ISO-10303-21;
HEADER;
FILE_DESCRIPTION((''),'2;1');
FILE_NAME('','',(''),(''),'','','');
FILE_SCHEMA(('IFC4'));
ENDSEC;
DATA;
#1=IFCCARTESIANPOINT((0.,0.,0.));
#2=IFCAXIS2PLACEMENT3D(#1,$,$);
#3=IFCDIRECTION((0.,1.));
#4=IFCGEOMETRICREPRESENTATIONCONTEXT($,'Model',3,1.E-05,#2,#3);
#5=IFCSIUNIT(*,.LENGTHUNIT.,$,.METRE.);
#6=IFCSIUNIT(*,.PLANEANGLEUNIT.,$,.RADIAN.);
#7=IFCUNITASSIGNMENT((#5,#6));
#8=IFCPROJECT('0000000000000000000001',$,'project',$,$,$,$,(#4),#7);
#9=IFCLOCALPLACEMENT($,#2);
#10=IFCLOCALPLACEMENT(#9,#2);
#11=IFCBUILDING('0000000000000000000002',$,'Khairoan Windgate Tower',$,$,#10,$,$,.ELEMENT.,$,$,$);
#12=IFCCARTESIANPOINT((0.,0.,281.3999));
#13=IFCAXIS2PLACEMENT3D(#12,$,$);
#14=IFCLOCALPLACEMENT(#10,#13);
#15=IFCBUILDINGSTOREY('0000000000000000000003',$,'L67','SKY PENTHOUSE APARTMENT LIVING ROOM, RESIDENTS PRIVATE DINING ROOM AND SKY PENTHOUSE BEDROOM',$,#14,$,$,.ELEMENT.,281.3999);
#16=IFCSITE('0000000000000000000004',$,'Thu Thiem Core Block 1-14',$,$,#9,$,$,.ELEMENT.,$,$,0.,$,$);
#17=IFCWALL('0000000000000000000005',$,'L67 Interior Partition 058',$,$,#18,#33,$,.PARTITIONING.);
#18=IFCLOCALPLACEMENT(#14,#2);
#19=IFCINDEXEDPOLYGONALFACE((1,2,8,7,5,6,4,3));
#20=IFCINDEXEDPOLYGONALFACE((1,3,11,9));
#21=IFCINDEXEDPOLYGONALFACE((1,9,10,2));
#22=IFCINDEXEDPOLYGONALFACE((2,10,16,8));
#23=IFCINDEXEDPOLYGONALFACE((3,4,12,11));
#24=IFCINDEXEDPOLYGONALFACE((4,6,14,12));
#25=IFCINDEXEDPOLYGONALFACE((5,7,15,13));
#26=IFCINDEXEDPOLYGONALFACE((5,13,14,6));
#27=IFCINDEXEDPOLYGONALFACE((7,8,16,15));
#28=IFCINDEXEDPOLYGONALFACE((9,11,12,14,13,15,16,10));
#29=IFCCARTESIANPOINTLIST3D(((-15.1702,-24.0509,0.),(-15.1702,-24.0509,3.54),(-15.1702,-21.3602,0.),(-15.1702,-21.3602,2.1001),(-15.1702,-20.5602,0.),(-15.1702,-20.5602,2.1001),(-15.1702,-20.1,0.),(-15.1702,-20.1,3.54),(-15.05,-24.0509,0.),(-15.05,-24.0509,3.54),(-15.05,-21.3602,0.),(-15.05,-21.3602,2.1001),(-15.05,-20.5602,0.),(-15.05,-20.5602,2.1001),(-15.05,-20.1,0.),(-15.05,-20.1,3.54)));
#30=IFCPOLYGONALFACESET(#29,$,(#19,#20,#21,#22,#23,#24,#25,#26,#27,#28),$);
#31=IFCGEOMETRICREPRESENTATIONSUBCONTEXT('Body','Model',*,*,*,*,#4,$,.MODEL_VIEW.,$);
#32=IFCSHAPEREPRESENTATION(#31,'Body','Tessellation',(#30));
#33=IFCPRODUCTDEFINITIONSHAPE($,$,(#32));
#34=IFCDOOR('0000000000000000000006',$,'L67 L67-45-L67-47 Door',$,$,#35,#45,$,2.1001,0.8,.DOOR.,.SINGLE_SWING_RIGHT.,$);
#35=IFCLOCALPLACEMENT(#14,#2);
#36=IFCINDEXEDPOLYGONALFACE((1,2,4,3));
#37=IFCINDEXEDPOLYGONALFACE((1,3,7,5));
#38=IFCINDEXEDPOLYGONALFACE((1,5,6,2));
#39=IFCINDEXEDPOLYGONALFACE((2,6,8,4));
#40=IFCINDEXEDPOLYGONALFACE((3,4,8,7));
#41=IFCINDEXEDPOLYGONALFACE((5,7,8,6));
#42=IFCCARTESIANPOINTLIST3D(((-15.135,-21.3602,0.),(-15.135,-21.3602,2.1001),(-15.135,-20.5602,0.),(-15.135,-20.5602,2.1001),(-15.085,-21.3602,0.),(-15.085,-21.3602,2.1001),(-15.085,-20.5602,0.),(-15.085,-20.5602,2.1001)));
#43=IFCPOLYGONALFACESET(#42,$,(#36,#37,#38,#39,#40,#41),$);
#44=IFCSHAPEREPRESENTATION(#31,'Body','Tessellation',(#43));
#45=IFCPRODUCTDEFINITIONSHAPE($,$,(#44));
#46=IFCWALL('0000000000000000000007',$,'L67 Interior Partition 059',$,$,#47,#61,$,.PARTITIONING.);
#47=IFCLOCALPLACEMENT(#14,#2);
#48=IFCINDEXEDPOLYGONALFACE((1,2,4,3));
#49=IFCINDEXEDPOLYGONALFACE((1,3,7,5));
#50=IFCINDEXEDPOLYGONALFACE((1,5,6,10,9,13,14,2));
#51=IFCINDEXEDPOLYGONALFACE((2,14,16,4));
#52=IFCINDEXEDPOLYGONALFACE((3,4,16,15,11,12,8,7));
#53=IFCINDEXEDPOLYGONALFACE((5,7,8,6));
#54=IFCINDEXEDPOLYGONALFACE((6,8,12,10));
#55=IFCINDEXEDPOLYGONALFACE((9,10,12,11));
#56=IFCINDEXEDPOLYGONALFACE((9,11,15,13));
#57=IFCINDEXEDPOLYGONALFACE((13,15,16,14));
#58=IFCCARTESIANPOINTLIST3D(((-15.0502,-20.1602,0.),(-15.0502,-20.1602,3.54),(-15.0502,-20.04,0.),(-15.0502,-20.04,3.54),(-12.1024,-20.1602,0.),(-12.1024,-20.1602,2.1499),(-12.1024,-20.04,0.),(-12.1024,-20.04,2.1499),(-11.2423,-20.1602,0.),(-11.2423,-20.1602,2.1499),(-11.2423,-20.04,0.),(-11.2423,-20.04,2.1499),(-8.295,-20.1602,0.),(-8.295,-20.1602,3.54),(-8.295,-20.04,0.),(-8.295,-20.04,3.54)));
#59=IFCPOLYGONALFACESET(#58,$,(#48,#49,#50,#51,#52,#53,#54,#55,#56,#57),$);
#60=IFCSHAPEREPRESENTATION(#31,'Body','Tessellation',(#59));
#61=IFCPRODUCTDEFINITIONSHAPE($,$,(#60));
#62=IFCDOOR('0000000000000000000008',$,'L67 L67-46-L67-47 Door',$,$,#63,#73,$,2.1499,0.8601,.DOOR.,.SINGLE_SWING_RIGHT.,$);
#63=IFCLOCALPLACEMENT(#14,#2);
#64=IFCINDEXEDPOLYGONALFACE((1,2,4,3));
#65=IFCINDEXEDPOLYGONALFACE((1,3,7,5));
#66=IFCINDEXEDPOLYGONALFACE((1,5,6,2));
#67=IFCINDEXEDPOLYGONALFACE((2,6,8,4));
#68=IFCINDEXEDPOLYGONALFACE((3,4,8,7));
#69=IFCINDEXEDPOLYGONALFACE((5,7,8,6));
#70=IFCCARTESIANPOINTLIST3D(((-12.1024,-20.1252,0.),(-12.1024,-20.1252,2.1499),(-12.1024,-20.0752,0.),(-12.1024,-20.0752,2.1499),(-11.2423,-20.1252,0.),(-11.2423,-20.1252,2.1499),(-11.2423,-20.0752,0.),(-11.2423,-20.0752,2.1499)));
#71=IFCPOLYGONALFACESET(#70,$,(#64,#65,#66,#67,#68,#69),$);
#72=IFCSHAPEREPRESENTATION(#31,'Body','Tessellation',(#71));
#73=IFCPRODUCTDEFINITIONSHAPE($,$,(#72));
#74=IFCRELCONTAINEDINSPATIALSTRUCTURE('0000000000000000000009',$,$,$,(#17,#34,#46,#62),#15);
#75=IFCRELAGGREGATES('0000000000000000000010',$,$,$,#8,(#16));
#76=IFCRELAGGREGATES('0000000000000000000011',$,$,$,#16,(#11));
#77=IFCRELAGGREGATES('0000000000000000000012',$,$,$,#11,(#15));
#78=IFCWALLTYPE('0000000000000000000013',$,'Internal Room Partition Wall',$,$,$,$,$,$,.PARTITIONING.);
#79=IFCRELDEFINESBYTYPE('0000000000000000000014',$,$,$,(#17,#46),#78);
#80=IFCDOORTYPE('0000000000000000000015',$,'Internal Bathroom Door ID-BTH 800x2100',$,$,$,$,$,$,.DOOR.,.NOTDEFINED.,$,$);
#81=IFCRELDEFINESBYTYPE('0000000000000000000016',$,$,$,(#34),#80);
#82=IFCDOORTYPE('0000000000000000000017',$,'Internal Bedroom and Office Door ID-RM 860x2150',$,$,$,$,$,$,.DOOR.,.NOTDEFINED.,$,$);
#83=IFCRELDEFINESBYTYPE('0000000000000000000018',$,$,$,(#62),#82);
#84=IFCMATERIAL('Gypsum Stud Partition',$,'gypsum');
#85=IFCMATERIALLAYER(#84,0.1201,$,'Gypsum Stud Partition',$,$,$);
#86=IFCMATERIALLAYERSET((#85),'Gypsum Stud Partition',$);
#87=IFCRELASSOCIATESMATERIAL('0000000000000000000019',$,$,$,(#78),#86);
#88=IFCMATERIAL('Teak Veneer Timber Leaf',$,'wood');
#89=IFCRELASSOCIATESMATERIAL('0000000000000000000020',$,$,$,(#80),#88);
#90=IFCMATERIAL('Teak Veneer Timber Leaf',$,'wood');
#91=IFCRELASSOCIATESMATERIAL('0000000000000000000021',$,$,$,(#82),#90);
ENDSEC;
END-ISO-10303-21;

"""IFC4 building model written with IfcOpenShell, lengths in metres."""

from ifc_helpers import new_model, si_unit, direction, frame, frame_2d, origin, place, context, subcontext, project, spatial, rectangle, extrude, material, layer, layer_set, type_object, element, fill, save


model = new_model("IFC4")

# Units and contexts
model_context = context("Model", 3, precision=1e-05, world=origin(), true_north=direction((0.0, 1.0)))
body_context = subcontext(model_context, "Body", "Model", "MODEL_VIEW")
ifc_project = project(units=[si_unit("LENGTHUNIT", "METRE"), si_unit("PLANEANGLEUNIT", "RADIAN")], contexts=[model_context])

# Site, building, storey
site_placement = place(None, origin())
site = spatial("IfcSite", under=ifc_project, at=site_placement, Name="Thu Thiem Core Block 1-14", CompositionType="ELEMENT", RefElevation=0.0)
building_placement = place(site_placement, origin())
building = spatial("IfcBuilding", under=site, at=building_placement, Name="Khairoan Windgate Tower", CompositionType="ELEMENT")
storey_placement = place(building_placement, frame((0.0, 0.0, 281.3999)))
storey = spatial("IfcBuildingStorey", under=building, at=storey_placement, Name="L67", Description="SKY PENTHOUSE APARTMENT LIVING ROOM, RESIDENTS PRIVATE DINING ROOM AND SKY PENTHOUSE BEDROOM", CompositionType="ELEMENT", Elevation=281.3999)

# Shared definitions
ifc_material_1 = material(Name="Gypsum Stud Partition", Category="gypsum")
ifc_layer_1 = layer(ifc_material_1, 0.1201, Name="Gypsum Stud Partition")
ifc_layer_set_1 = layer_set([ifc_layer_1], Name="Gypsum Stud Partition")
wall_type = type_object("IfcWallType", Name="Internal Room Partition Wall", PredefinedType="PARTITIONING", material=ifc_layer_set_1)

# Walls, openings, doors
wall_1_placement = place(storey_placement, frame((-15.1101, -24.051, 0.0), z_axis=(0.0, 0.0, 1.0), x_axis=(0.0, 1.0, 0.0)))
wall_1 = element("IfcWall", 1, at=wall_1_placement, inside=storey, type_object=wall_type, Name="L67 Interior Partition 058", PredefinedType="PARTITIONING", context=body_context, shape_type="SweptSolid", body=[
    extrude(rectangle(XDim=3.9509, YDim=0.1201, at=frame_2d((1.9756, 0.0))), origin(), (0.0, 0.0, 1.0), 3.54),
])
opening_1_placement = place(wall_1_placement, frame((2.6909, 0.0, 0.0)))
opening_1 = element("IfcOpeningElement", 2, at=opening_1_placement, cuts=wall_1, PredefinedType="OPENING", context=body_context, shape_type="SweptSolid", body=[
    extrude(rectangle(XDim=0.8, YDim=2.1001, at=frame_2d((0.3999, 1.05))), frame((0.0, 0.0701, 0.0), z_axis=(0.0, -1.0, 0.0), x_axis=(1.0, 0.0, 0.0)), (0.0, 0.0, 1.0), 0.1401),
])
ifc_material_2 = material(Name="Teak Veneer Timber Leaf", Category="wood")
door_type_1 = type_object("IfcDoorType", Name="Internal Bathroom Door ID-BTH 800x2100", OperationType="NOTDEFINED", PredefinedType="DOOR", material=ifc_material_2)
door_1_placement = place(opening_1_placement, origin())
door_1 = element("IfcDoor", 3, at=door_1_placement, inside=storey, type_object=door_type_1, Name="L67 L67-45-L67-47 Door", OperationType="SINGLE_SWING_RIGHT", OverallHeight=2.1001, OverallWidth=0.8, PredefinedType="DOOR", context=body_context, shape_type="SweptSolid", body=[
    extrude(rectangle(XDim=0.8, YDim=2.1001, at=frame_2d((0.3999, 1.05))), frame((0.0, 0.0249, 0.0), z_axis=(0.0, -1.0, 0.0), x_axis=(1.0, 0.0, 0.0)), (0.0, 0.0, 1.0), 0.05),
])
fill(opening_1, door_1)
wall_2_placement = place(storey_placement, frame((-15.05, -20.1001, 0.0), z_axis=(0.0, 0.0, 1.0), x_axis=(1.0, 0.0, 0.0)))
wall_2 = element("IfcWall", 4, at=wall_2_placement, inside=storey, type_object=wall_type, Name="L67 Interior Partition 059", PredefinedType="PARTITIONING", context=body_context, shape_type="SweptSolid", body=[
    extrude(rectangle(XDim=6.7551, YDim=0.1201, at=frame_2d((3.3774, 0.0))), origin(), (0.0, 0.0, 1.0), 3.54),
])
opening_2_placement = place(wall_2_placement, frame((2.9475, 0.0, 0.0)))
opening_2 = element("IfcOpeningElement", 5, at=opening_2_placement, cuts=wall_2, PredefinedType="OPENING", context=body_context, shape_type="SweptSolid", body=[
    extrude(rectangle(XDim=0.8601, YDim=2.1499, at=frame_2d((0.4302, 1.075))), frame((0.0, 0.0701, 0.0), z_axis=(0.0, -1.0, 0.0), x_axis=(1.0, 0.0, 0.0)), (0.0, 0.0, 1.0), 0.1401),
])
ifc_material_3 = material(Name="Teak Veneer Timber Leaf", Category="wood")
door_type_2 = type_object("IfcDoorType", Name="Internal Bedroom and Office Door ID-RM 860x2150", OperationType="NOTDEFINED", PredefinedType="DOOR", material=ifc_material_3)
door_2_placement = place(opening_2_placement, origin())
door_2 = element("IfcDoor", 6, at=door_2_placement, inside=storey, type_object=door_type_2, Name="L67 L67-46-L67-47 Door", OperationType="SINGLE_SWING_RIGHT", OverallHeight=2.1499, OverallWidth=0.8601, PredefinedType="DOOR", context=body_context, shape_type="SweptSolid", body=[
    extrude(rectangle(XDim=0.8601, YDim=2.1499, at=frame_2d((0.4302, 1.075))), frame((0.0, 0.0249, 0.0), z_axis=(0.0, -1.0, 0.0), x_axis=(1.0, 0.0, 0.0)), (0.0, 0.0, 1.0), 0.05),
])
fill(opening_2, door_2)

save(model, "model.ifc")
